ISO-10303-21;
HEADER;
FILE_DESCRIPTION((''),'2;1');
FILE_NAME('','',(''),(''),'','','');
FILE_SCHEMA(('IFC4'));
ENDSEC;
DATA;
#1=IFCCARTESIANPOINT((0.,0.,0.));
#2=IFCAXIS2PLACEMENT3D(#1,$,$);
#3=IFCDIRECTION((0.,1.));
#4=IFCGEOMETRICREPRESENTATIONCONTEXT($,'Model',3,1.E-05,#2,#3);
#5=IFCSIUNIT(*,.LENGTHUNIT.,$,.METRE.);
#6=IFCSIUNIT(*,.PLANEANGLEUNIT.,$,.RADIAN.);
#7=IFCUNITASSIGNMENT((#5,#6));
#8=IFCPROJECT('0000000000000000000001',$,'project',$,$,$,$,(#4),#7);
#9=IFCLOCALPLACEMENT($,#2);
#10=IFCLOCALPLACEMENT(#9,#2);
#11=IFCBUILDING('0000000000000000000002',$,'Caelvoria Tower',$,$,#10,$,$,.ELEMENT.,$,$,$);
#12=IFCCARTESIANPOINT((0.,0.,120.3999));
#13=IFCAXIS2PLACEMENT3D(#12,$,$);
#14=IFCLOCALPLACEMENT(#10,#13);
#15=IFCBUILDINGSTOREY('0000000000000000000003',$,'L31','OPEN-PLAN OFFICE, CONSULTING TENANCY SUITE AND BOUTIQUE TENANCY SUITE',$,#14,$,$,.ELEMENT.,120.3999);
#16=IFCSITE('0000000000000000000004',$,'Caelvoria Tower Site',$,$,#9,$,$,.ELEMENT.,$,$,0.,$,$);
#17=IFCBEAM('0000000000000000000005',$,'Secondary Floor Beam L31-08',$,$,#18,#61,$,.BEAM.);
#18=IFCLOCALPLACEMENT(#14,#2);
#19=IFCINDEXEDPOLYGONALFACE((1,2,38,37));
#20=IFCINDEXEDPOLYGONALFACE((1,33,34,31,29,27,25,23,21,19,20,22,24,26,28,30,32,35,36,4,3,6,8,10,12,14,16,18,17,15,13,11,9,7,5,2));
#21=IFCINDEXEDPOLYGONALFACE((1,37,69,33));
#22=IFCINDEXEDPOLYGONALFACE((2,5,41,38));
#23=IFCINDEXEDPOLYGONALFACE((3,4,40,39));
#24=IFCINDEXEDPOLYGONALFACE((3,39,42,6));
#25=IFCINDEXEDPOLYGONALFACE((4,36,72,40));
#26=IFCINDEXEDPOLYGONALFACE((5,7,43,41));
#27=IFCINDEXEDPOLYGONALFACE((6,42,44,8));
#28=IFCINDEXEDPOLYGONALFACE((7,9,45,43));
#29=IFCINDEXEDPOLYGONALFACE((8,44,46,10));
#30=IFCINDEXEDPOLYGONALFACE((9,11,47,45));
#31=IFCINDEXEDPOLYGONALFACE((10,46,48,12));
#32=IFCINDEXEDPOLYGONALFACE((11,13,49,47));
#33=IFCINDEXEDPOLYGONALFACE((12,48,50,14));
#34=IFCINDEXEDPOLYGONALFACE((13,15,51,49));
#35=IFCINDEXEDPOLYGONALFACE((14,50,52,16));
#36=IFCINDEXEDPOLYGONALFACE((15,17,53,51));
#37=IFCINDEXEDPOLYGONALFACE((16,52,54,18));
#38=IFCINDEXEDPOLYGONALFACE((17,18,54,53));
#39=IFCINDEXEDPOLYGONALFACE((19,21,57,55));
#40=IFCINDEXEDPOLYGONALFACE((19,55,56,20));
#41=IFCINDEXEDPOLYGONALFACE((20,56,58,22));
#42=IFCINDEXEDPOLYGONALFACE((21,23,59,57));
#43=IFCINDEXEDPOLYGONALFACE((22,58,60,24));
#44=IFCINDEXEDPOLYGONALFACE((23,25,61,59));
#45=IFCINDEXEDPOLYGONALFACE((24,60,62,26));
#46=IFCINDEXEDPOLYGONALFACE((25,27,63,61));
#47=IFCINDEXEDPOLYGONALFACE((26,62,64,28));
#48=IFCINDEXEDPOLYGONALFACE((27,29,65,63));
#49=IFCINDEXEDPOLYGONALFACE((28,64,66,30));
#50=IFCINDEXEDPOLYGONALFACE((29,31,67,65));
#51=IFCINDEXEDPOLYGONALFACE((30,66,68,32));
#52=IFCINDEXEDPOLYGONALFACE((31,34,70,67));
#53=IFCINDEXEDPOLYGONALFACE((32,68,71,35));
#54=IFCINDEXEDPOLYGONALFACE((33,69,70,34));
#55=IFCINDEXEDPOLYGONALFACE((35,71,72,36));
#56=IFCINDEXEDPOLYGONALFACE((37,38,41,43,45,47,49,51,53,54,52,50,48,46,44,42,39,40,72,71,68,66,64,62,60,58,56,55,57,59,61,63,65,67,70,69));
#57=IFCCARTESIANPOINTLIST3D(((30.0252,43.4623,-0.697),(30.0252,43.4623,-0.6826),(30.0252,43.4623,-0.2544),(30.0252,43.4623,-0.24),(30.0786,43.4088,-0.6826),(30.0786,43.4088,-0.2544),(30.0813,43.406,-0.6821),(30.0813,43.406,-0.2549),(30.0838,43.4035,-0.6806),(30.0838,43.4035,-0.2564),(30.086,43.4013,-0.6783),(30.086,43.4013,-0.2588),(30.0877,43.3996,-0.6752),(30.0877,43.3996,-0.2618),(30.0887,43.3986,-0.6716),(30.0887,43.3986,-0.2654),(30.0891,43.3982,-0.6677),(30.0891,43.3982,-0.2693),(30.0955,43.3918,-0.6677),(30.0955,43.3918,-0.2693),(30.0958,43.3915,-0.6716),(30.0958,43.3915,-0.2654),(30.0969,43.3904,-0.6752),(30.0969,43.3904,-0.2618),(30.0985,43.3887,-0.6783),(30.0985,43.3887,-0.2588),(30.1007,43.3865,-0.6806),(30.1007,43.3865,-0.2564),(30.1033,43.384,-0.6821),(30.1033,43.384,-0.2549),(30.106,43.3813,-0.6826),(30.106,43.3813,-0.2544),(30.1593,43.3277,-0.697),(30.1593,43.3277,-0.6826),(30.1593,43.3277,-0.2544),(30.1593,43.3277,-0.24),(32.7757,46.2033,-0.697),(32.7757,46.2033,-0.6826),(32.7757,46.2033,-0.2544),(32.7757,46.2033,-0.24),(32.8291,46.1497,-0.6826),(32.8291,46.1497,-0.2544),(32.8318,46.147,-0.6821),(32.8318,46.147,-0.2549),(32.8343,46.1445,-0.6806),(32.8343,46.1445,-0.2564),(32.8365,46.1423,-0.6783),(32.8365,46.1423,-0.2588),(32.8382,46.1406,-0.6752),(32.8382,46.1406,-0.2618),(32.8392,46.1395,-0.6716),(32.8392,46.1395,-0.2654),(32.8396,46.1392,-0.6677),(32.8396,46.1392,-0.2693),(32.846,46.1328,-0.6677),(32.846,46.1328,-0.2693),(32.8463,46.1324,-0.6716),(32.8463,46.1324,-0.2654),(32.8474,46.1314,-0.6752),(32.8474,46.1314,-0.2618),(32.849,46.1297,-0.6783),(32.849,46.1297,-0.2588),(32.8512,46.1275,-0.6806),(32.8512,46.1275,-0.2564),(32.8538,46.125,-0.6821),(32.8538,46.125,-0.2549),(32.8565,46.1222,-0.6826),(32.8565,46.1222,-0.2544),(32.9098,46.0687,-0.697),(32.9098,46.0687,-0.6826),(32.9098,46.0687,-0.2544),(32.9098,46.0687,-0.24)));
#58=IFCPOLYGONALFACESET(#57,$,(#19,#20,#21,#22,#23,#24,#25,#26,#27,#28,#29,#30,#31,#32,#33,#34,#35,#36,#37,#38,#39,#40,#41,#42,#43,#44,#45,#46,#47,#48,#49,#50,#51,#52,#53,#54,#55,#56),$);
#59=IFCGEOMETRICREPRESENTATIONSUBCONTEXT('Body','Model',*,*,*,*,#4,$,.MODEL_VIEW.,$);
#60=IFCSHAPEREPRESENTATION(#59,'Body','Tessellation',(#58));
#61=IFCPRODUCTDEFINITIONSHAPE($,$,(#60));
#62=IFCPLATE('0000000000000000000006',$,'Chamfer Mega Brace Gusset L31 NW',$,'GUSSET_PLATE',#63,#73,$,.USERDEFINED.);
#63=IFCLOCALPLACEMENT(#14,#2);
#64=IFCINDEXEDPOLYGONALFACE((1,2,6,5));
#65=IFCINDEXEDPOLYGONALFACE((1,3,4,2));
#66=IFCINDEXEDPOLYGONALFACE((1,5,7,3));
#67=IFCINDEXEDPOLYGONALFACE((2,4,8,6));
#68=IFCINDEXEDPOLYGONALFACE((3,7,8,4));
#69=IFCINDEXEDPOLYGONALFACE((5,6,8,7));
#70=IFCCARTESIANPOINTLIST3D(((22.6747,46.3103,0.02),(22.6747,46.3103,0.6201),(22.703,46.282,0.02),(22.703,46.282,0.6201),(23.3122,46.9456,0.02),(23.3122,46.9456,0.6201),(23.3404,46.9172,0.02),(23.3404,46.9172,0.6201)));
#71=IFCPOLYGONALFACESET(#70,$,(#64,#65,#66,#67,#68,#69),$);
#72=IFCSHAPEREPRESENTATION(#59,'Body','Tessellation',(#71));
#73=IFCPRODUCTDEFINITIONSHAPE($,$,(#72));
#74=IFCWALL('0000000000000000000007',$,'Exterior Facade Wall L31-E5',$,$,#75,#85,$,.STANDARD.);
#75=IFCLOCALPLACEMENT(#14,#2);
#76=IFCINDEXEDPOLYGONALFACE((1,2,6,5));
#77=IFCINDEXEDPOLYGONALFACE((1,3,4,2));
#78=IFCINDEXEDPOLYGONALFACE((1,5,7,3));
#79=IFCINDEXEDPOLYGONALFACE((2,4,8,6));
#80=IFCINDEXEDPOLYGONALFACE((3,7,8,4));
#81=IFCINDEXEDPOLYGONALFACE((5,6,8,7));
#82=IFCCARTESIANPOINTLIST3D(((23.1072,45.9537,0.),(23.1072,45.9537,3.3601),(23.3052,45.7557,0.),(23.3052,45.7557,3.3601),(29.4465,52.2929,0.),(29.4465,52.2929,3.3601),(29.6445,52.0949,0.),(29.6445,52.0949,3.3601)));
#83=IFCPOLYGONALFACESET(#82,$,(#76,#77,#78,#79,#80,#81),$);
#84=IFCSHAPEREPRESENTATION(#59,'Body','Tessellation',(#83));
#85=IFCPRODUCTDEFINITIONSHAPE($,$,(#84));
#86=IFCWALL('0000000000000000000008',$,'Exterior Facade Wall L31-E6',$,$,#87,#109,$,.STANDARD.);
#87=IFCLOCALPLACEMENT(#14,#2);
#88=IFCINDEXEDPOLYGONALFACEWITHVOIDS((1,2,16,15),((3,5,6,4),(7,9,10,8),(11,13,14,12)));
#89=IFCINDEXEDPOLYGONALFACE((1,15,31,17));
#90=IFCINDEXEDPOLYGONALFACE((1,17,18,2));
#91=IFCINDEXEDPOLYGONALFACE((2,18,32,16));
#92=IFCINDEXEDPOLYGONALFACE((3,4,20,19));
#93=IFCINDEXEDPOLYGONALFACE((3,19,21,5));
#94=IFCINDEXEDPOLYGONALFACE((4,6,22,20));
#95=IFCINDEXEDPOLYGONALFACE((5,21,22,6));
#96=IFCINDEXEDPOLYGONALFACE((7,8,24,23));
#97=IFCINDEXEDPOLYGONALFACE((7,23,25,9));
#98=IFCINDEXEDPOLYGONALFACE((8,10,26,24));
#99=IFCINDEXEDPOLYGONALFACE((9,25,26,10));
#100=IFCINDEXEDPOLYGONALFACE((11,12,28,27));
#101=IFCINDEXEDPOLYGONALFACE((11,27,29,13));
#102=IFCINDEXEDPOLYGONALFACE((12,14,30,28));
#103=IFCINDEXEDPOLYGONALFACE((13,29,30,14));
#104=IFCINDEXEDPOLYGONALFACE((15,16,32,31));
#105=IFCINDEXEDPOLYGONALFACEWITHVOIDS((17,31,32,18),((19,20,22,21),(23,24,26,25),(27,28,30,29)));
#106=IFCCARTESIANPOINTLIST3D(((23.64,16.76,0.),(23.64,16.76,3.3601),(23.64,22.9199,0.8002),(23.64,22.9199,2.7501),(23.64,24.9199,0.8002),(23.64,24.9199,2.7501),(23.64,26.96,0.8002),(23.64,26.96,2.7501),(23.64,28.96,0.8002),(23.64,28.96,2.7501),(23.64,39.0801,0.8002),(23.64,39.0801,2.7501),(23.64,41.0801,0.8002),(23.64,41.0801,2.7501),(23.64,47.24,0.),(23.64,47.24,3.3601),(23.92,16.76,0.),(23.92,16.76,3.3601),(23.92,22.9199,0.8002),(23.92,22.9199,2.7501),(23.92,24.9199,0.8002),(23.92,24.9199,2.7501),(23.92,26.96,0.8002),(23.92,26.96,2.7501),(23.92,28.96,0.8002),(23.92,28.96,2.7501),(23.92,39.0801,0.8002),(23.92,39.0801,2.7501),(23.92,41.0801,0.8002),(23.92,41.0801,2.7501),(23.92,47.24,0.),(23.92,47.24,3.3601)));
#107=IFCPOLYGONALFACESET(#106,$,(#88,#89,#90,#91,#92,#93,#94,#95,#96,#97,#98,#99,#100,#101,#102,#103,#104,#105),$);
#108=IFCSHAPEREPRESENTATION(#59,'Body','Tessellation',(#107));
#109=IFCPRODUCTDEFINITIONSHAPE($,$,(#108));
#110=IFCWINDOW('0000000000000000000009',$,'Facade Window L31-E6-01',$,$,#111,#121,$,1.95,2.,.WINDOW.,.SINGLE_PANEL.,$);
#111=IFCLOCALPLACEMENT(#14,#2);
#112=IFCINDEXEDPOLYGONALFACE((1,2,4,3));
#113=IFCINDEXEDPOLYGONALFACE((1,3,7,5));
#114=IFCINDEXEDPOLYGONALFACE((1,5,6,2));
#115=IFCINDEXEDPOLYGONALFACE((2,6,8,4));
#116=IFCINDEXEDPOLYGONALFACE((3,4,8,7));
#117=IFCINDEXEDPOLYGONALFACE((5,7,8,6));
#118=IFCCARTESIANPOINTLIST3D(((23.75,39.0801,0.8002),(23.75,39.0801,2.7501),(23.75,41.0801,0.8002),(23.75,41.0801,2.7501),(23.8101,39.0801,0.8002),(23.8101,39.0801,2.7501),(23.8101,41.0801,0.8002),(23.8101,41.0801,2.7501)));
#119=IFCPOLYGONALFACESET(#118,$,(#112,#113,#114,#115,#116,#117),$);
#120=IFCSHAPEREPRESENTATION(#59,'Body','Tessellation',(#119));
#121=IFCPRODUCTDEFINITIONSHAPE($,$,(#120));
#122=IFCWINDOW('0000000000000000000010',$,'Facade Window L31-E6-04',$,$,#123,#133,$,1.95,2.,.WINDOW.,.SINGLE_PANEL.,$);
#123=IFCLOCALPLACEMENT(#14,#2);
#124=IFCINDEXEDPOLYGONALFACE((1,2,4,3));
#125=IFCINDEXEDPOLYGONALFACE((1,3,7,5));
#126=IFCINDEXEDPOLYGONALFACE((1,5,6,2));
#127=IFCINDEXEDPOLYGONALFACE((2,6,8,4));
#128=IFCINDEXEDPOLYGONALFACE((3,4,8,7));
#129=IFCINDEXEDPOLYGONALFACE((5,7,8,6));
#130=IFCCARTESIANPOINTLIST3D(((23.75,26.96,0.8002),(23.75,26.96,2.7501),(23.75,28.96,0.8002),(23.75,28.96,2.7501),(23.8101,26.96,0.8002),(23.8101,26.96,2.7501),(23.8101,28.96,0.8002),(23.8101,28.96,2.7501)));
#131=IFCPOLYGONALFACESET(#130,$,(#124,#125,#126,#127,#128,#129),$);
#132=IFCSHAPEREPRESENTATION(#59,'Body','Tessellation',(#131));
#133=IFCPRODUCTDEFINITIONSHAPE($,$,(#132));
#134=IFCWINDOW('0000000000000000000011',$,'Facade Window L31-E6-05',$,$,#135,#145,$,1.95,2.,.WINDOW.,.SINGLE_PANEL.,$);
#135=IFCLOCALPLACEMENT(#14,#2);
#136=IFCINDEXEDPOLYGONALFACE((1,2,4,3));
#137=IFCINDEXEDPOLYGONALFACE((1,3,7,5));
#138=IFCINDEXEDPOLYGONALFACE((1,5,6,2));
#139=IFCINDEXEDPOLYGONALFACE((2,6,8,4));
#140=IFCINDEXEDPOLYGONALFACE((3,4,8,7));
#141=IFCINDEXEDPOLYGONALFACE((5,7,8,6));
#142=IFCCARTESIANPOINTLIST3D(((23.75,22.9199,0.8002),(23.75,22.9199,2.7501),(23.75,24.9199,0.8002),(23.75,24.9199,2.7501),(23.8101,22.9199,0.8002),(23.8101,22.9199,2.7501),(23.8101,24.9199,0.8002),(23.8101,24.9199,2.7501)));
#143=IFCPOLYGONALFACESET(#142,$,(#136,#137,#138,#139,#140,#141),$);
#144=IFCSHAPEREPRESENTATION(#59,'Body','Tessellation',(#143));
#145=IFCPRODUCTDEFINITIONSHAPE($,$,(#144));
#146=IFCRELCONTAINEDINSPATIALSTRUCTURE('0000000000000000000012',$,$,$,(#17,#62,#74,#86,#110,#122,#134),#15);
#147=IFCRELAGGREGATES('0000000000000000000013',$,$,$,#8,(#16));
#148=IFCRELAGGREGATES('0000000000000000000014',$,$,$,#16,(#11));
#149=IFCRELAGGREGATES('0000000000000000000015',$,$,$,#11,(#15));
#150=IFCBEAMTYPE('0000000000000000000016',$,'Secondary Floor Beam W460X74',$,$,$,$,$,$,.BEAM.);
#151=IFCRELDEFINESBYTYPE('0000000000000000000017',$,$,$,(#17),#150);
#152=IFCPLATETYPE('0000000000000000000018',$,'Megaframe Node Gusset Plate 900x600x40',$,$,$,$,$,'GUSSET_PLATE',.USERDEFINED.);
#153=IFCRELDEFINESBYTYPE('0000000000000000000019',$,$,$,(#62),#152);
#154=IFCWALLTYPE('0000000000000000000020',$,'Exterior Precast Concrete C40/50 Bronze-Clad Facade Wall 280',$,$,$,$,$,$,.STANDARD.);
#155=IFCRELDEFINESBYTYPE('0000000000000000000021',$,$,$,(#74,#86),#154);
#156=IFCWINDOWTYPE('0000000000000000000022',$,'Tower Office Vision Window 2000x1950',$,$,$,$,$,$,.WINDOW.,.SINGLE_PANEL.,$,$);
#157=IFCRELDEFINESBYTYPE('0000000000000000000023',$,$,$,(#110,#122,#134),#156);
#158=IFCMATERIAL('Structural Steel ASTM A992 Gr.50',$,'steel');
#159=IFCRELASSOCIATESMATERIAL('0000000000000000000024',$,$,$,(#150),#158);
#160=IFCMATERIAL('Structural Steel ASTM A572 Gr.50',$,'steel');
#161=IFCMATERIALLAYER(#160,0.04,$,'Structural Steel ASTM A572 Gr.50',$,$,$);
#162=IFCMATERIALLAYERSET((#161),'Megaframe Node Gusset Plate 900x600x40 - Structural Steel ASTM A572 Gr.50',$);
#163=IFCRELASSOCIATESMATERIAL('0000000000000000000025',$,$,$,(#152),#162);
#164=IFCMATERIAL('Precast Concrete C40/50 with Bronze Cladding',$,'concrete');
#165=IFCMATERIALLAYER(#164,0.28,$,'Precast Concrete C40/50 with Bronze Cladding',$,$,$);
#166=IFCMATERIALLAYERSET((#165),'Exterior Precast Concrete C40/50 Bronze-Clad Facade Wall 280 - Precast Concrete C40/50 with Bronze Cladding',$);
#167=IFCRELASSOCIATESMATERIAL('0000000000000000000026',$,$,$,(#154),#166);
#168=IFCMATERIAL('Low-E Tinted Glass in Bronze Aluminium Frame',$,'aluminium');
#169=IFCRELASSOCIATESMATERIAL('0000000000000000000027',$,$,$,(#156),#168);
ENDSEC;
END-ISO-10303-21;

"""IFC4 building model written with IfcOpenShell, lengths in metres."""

from ifc_helpers import new_model, si_unit, direction, frame, frame_2d, origin, origin_2d, place, context, subcontext, project, spatial, rectangle, i_section, extrude, material, layer, layer_set, material_profile, profile_set, type_object, element, fill, save


model = new_model("IFC4")

# Units and contexts
model_context = context("Model", 3, precision=1e-05, world=origin(), true_north=direction((0.0, 1.0)))
body_context = subcontext(model_context, "Body", "Model", "MODEL_VIEW")
ifc_project = project(units=[si_unit("LENGTHUNIT", "METRE"), si_unit("PLANEANGLEUNIT", "RADIAN")], contexts=[model_context])

# Site, building, storey
site_placement = place(None, origin())
site = spatial("IfcSite", under=ifc_project, at=site_placement, Name="Caelvoria Tower Site", CompositionType="ELEMENT", RefElevation=0.0)
building_placement = place(site_placement, origin())
building = spatial("IfcBuilding", under=site, at=building_placement, Name="Caelvoria Tower", CompositionType="ELEMENT")
storey_placement = place(building_placement, frame((0.0, 0.0, 120.3999)))
storey = spatial("IfcBuildingStorey", under=building, at=storey_placement, Name="L31", Description="OPEN-PLAN OFFICE, CONSULTING TENANCY SUITE AND BOUTIQUE TENANCY SUITE", CompositionType="ELEMENT", Elevation=120.3999)

# Shared definitions
ifc_material_1 = material(Name="Structural Steel ASTM A572 Gr.50", Category="steel")

# Beam
ifc_material_2 = material(Name="Structural Steel ASTM A992 Gr.50", Category="steel")
ifc_material_profile_1 = material_profile(ifc_material_2, i_section(OverallWidth=0.1899, OverallDepth=0.457, WebThickness=0.009, FlangeThickness=0.0144, FilletRadius=0.0149, at=origin_2d()), Name="Structural Steel ASTM A992 Gr.50")
ifc_profile_set_1 = profile_set([ifc_material_profile_1], Name="W460X74 - Structural Steel ASTM A992 Gr.50")
beam_type_1 = type_object("IfcBeamType", Name="Secondary Floor Beam W460X74", PredefinedType="BEAM", material=ifc_profile_set_1)
beam_1_placement = place(storey_placement, frame((32.8428, 46.136, -0.4685), z_axis=(-0.708332, -0.70588, 0.0), x_axis=(0.70588, -0.708332, 0.0)))
element("IfcBeam", 1, at=beam_1_placement, inside=storey, type_object=beam_type_1, Name="Secondary Floor Beam L31-08", PredefinedType="BEAM", context=body_context, shape_type="SweptSolid", body=[
    extrude(i_section(OverallWidth=0.1899, OverallDepth=0.457, WebThickness=0.009, FlangeThickness=0.0144, FilletRadius=0.0149, at=origin_2d()), origin(), (0.0, 0.0, 1.0), 3.8831),
])

# Plate
ifc_layer_1 = layer(ifc_material_1, 0.04, Name="Structural Steel ASTM A572 Gr.50")
ifc_layer_set_1 = layer_set([ifc_layer_1], Name="Megaframe Node Gusset Plate 900x600x40 - Structural Steel ASTM A572 Gr.50")
plate_type = type_object("IfcPlateType", Name="Megaframe Node Gusset Plate 900x600x40", ElementType="GUSSET_PLATE", PredefinedType="USERDEFINED", material=ifc_layer_set_1)
plate_placement = place(storey_placement, frame((23.0076, 46.6138, 0.02), z_axis=(0.0, 0.0, 1.0), x_axis=(0.708346, 0.705865, 0.0)))
element("IfcPlate", 2, at=plate_placement, inside=storey, type_object=plate_type, Name="Chamfer Mega Brace Gusset L31 NW", ObjectType="GUSSET_PLATE", PredefinedType="USERDEFINED", context=body_context, shape_type="SweptSolid", body=[
    extrude(rectangle(XDim=0.8999, YDim=0.04, at=origin_2d()), origin(), (0.0, 0.0, 1.0), 0.6001),
])

# Wall
ifc_material_3 = material(Name="Precast Concrete C40/50 with Bronze Cladding", Category="concrete")
ifc_layer_2 = layer(ifc_material_3, 0.28, Name="Precast Concrete C40/50 with Bronze Cladding")
ifc_layer_set_2 = layer_set([ifc_layer_2], Name="Exterior Precast Concrete C40/50 Bronze-Clad Facade Wall 280 - Precast Concrete C40/50 with Bronze Cladding")
wall_type_1 = type_object("IfcWallType", Name="Exterior Precast Concrete C40/50 Bronze-Clad Facade Wall 280", PredefinedType="STANDARD", material=ifc_layer_set_2)
wall_1_placement = place(storey_placement, frame((29.5454, 52.1938, 0.0), z_axis=(0.0, 0.0, 1.0), x_axis=(-0.707107, -0.707107, 0.0)))
element("IfcWall", 3, at=wall_1_placement, inside=storey, type_object=wall_type_1, Name="Exterior Facade Wall L31-E5", PredefinedType="STANDARD", context=body_context, shape_type="SweptSolid", body=[
    extrude(rectangle(XDim=8.9651, YDim=0.28, at=frame_2d((4.4824, 0.0))), origin(), (0.0, 0.0, 1.0), 3.3601),
])

# Wall, openings, windows
wall_2_placement = place(storey_placement, frame((23.78, 47.24, 0.0), z_axis=(0.0, 0.0, 1.0), x_axis=(0.0, -1.0, 0.0)))
wall_2 = element("IfcWall", 4, at=wall_2_placement, inside=storey, type_object=wall_type_1, Name="Exterior Facade Wall L31-E6", PredefinedType="STANDARD", context=body_context, shape_type="SweptSolid", body=[
    extrude(rectangle(XDim=30.48, YDim=0.28, at=frame_2d((15.24, 0.0))), origin(), (0.0, 0.0, 1.0), 3.3601),
])
opening_1_placement = place(wall_2_placement, frame((6.1599, 0.0, 0.8)))
opening_1 = element("IfcOpeningElement", 5, at=opening_1_placement, cuts=wall_2, PredefinedType="OPENING", context=body_context, shape_type="SweptSolid", body=[
    extrude(rectangle(XDim=2.0, YDim=1.95, at=frame_2d((1.0, 0.9751))), frame((0.0, 0.1499, 0.0), z_axis=(0.0, -1.0, 0.0), x_axis=(1.0, 0.0, 0.0)), (0.0, 0.0, 1.0), 0.3),
])
opening_2_placement = place(wall_2_placement, frame((18.28, 0.0, 0.8)))
opening_2 = element("IfcOpeningElement", 6, at=opening_2_placement, cuts=wall_2, PredefinedType="OPENING", context=body_context, shape_type="SweptSolid", body=[
    extrude(rectangle(XDim=2.0, YDim=1.95, at=frame_2d((1.0, 0.9751))), frame((0.0, 0.1499, 0.0), z_axis=(0.0, -1.0, 0.0), x_axis=(1.0, 0.0, 0.0)), (0.0, 0.0, 1.0), 0.3),
])
opening_3_placement = place(wall_2_placement, frame((22.3201, 0.0, 0.8)))
opening_3 = element("IfcOpeningElement", 7, at=opening_3_placement, cuts=wall_2, PredefinedType="OPENING", context=body_context, shape_type="SweptSolid", body=[
    extrude(rectangle(XDim=2.0, YDim=1.95, at=frame_2d((1.0, 0.9751))), frame((0.0, 0.1499, 0.0), z_axis=(0.0, -1.0, 0.0), x_axis=(1.0, 0.0, 0.0)), (0.0, 0.0, 1.0), 0.3),
])
ifc_material_4 = material(Name="Low-E Tinted Glass in Bronze Aluminium Frame", Category="aluminium")
window_type = type_object("IfcWindowType", Name="Tower Office Vision Window 2000x1950", PartitioningType="SINGLE_PANEL", PredefinedType="WINDOW", material=ifc_material_4)
window_1_placement = place(opening_1_placement, origin())
window_1 = element("IfcWindow", 8, at=window_1_placement, inside=storey, type_object=window_type, Name="Facade Window L31-E6-01", OverallHeight=1.95, OverallWidth=2.0, PartitioningType="SINGLE_PANEL", PredefinedType="WINDOW", context=body_context, shape_type="SweptSolid", body=[
    extrude(rectangle(XDim=2.0, YDim=1.95, at=frame_2d((1.0, 0.9751))), frame((0.0, 0.03, 0.0), z_axis=(0.0, -1.0, 0.0), x_axis=(1.0, 0.0, 0.0)), (0.0, 0.0, 1.0), 0.0601),
])
fill(opening_1, window_1)
window_2_placement = place(opening_2_placement, origin())
window_2 = element("IfcWindow", 9, at=window_2_placement, inside=storey, type_object=window_type, Name="Facade Window L31-E6-04", OverallHeight=1.95, OverallWidth=2.0, PartitioningType="SINGLE_PANEL", PredefinedType="WINDOW", context=body_context, shape_type="SweptSolid", body=[
    extrude(rectangle(XDim=2.0, YDim=1.95, at=frame_2d((1.0, 0.9751))), frame((0.0, 0.03, 0.0), z_axis=(0.0, -1.0, 0.0), x_axis=(1.0, 0.0, 0.0)), (0.0, 0.0, 1.0), 0.0601),
])
fill(opening_2, window_2)
window_3_placement = place(opening_3_placement, origin())
window_3 = element("IfcWindow", 10, at=window_3_placement, inside=storey, type_object=window_type, Name="Facade Window L31-E6-05", OverallHeight=1.95, OverallWidth=2.0, PartitioningType="SINGLE_PANEL", PredefinedType="WINDOW", context=body_context, shape_type="SweptSolid", body=[
    extrude(rectangle(XDim=2.0, YDim=1.95, at=frame_2d((1.0, 0.9751))), frame((0.0, 0.03, 0.0), z_axis=(0.0, -1.0, 0.0), x_axis=(1.0, 0.0, 0.0)), (0.0, 0.0, 1.0), 0.0601),
])
fill(opening_3, window_3)

save(model, "model.ifc")
